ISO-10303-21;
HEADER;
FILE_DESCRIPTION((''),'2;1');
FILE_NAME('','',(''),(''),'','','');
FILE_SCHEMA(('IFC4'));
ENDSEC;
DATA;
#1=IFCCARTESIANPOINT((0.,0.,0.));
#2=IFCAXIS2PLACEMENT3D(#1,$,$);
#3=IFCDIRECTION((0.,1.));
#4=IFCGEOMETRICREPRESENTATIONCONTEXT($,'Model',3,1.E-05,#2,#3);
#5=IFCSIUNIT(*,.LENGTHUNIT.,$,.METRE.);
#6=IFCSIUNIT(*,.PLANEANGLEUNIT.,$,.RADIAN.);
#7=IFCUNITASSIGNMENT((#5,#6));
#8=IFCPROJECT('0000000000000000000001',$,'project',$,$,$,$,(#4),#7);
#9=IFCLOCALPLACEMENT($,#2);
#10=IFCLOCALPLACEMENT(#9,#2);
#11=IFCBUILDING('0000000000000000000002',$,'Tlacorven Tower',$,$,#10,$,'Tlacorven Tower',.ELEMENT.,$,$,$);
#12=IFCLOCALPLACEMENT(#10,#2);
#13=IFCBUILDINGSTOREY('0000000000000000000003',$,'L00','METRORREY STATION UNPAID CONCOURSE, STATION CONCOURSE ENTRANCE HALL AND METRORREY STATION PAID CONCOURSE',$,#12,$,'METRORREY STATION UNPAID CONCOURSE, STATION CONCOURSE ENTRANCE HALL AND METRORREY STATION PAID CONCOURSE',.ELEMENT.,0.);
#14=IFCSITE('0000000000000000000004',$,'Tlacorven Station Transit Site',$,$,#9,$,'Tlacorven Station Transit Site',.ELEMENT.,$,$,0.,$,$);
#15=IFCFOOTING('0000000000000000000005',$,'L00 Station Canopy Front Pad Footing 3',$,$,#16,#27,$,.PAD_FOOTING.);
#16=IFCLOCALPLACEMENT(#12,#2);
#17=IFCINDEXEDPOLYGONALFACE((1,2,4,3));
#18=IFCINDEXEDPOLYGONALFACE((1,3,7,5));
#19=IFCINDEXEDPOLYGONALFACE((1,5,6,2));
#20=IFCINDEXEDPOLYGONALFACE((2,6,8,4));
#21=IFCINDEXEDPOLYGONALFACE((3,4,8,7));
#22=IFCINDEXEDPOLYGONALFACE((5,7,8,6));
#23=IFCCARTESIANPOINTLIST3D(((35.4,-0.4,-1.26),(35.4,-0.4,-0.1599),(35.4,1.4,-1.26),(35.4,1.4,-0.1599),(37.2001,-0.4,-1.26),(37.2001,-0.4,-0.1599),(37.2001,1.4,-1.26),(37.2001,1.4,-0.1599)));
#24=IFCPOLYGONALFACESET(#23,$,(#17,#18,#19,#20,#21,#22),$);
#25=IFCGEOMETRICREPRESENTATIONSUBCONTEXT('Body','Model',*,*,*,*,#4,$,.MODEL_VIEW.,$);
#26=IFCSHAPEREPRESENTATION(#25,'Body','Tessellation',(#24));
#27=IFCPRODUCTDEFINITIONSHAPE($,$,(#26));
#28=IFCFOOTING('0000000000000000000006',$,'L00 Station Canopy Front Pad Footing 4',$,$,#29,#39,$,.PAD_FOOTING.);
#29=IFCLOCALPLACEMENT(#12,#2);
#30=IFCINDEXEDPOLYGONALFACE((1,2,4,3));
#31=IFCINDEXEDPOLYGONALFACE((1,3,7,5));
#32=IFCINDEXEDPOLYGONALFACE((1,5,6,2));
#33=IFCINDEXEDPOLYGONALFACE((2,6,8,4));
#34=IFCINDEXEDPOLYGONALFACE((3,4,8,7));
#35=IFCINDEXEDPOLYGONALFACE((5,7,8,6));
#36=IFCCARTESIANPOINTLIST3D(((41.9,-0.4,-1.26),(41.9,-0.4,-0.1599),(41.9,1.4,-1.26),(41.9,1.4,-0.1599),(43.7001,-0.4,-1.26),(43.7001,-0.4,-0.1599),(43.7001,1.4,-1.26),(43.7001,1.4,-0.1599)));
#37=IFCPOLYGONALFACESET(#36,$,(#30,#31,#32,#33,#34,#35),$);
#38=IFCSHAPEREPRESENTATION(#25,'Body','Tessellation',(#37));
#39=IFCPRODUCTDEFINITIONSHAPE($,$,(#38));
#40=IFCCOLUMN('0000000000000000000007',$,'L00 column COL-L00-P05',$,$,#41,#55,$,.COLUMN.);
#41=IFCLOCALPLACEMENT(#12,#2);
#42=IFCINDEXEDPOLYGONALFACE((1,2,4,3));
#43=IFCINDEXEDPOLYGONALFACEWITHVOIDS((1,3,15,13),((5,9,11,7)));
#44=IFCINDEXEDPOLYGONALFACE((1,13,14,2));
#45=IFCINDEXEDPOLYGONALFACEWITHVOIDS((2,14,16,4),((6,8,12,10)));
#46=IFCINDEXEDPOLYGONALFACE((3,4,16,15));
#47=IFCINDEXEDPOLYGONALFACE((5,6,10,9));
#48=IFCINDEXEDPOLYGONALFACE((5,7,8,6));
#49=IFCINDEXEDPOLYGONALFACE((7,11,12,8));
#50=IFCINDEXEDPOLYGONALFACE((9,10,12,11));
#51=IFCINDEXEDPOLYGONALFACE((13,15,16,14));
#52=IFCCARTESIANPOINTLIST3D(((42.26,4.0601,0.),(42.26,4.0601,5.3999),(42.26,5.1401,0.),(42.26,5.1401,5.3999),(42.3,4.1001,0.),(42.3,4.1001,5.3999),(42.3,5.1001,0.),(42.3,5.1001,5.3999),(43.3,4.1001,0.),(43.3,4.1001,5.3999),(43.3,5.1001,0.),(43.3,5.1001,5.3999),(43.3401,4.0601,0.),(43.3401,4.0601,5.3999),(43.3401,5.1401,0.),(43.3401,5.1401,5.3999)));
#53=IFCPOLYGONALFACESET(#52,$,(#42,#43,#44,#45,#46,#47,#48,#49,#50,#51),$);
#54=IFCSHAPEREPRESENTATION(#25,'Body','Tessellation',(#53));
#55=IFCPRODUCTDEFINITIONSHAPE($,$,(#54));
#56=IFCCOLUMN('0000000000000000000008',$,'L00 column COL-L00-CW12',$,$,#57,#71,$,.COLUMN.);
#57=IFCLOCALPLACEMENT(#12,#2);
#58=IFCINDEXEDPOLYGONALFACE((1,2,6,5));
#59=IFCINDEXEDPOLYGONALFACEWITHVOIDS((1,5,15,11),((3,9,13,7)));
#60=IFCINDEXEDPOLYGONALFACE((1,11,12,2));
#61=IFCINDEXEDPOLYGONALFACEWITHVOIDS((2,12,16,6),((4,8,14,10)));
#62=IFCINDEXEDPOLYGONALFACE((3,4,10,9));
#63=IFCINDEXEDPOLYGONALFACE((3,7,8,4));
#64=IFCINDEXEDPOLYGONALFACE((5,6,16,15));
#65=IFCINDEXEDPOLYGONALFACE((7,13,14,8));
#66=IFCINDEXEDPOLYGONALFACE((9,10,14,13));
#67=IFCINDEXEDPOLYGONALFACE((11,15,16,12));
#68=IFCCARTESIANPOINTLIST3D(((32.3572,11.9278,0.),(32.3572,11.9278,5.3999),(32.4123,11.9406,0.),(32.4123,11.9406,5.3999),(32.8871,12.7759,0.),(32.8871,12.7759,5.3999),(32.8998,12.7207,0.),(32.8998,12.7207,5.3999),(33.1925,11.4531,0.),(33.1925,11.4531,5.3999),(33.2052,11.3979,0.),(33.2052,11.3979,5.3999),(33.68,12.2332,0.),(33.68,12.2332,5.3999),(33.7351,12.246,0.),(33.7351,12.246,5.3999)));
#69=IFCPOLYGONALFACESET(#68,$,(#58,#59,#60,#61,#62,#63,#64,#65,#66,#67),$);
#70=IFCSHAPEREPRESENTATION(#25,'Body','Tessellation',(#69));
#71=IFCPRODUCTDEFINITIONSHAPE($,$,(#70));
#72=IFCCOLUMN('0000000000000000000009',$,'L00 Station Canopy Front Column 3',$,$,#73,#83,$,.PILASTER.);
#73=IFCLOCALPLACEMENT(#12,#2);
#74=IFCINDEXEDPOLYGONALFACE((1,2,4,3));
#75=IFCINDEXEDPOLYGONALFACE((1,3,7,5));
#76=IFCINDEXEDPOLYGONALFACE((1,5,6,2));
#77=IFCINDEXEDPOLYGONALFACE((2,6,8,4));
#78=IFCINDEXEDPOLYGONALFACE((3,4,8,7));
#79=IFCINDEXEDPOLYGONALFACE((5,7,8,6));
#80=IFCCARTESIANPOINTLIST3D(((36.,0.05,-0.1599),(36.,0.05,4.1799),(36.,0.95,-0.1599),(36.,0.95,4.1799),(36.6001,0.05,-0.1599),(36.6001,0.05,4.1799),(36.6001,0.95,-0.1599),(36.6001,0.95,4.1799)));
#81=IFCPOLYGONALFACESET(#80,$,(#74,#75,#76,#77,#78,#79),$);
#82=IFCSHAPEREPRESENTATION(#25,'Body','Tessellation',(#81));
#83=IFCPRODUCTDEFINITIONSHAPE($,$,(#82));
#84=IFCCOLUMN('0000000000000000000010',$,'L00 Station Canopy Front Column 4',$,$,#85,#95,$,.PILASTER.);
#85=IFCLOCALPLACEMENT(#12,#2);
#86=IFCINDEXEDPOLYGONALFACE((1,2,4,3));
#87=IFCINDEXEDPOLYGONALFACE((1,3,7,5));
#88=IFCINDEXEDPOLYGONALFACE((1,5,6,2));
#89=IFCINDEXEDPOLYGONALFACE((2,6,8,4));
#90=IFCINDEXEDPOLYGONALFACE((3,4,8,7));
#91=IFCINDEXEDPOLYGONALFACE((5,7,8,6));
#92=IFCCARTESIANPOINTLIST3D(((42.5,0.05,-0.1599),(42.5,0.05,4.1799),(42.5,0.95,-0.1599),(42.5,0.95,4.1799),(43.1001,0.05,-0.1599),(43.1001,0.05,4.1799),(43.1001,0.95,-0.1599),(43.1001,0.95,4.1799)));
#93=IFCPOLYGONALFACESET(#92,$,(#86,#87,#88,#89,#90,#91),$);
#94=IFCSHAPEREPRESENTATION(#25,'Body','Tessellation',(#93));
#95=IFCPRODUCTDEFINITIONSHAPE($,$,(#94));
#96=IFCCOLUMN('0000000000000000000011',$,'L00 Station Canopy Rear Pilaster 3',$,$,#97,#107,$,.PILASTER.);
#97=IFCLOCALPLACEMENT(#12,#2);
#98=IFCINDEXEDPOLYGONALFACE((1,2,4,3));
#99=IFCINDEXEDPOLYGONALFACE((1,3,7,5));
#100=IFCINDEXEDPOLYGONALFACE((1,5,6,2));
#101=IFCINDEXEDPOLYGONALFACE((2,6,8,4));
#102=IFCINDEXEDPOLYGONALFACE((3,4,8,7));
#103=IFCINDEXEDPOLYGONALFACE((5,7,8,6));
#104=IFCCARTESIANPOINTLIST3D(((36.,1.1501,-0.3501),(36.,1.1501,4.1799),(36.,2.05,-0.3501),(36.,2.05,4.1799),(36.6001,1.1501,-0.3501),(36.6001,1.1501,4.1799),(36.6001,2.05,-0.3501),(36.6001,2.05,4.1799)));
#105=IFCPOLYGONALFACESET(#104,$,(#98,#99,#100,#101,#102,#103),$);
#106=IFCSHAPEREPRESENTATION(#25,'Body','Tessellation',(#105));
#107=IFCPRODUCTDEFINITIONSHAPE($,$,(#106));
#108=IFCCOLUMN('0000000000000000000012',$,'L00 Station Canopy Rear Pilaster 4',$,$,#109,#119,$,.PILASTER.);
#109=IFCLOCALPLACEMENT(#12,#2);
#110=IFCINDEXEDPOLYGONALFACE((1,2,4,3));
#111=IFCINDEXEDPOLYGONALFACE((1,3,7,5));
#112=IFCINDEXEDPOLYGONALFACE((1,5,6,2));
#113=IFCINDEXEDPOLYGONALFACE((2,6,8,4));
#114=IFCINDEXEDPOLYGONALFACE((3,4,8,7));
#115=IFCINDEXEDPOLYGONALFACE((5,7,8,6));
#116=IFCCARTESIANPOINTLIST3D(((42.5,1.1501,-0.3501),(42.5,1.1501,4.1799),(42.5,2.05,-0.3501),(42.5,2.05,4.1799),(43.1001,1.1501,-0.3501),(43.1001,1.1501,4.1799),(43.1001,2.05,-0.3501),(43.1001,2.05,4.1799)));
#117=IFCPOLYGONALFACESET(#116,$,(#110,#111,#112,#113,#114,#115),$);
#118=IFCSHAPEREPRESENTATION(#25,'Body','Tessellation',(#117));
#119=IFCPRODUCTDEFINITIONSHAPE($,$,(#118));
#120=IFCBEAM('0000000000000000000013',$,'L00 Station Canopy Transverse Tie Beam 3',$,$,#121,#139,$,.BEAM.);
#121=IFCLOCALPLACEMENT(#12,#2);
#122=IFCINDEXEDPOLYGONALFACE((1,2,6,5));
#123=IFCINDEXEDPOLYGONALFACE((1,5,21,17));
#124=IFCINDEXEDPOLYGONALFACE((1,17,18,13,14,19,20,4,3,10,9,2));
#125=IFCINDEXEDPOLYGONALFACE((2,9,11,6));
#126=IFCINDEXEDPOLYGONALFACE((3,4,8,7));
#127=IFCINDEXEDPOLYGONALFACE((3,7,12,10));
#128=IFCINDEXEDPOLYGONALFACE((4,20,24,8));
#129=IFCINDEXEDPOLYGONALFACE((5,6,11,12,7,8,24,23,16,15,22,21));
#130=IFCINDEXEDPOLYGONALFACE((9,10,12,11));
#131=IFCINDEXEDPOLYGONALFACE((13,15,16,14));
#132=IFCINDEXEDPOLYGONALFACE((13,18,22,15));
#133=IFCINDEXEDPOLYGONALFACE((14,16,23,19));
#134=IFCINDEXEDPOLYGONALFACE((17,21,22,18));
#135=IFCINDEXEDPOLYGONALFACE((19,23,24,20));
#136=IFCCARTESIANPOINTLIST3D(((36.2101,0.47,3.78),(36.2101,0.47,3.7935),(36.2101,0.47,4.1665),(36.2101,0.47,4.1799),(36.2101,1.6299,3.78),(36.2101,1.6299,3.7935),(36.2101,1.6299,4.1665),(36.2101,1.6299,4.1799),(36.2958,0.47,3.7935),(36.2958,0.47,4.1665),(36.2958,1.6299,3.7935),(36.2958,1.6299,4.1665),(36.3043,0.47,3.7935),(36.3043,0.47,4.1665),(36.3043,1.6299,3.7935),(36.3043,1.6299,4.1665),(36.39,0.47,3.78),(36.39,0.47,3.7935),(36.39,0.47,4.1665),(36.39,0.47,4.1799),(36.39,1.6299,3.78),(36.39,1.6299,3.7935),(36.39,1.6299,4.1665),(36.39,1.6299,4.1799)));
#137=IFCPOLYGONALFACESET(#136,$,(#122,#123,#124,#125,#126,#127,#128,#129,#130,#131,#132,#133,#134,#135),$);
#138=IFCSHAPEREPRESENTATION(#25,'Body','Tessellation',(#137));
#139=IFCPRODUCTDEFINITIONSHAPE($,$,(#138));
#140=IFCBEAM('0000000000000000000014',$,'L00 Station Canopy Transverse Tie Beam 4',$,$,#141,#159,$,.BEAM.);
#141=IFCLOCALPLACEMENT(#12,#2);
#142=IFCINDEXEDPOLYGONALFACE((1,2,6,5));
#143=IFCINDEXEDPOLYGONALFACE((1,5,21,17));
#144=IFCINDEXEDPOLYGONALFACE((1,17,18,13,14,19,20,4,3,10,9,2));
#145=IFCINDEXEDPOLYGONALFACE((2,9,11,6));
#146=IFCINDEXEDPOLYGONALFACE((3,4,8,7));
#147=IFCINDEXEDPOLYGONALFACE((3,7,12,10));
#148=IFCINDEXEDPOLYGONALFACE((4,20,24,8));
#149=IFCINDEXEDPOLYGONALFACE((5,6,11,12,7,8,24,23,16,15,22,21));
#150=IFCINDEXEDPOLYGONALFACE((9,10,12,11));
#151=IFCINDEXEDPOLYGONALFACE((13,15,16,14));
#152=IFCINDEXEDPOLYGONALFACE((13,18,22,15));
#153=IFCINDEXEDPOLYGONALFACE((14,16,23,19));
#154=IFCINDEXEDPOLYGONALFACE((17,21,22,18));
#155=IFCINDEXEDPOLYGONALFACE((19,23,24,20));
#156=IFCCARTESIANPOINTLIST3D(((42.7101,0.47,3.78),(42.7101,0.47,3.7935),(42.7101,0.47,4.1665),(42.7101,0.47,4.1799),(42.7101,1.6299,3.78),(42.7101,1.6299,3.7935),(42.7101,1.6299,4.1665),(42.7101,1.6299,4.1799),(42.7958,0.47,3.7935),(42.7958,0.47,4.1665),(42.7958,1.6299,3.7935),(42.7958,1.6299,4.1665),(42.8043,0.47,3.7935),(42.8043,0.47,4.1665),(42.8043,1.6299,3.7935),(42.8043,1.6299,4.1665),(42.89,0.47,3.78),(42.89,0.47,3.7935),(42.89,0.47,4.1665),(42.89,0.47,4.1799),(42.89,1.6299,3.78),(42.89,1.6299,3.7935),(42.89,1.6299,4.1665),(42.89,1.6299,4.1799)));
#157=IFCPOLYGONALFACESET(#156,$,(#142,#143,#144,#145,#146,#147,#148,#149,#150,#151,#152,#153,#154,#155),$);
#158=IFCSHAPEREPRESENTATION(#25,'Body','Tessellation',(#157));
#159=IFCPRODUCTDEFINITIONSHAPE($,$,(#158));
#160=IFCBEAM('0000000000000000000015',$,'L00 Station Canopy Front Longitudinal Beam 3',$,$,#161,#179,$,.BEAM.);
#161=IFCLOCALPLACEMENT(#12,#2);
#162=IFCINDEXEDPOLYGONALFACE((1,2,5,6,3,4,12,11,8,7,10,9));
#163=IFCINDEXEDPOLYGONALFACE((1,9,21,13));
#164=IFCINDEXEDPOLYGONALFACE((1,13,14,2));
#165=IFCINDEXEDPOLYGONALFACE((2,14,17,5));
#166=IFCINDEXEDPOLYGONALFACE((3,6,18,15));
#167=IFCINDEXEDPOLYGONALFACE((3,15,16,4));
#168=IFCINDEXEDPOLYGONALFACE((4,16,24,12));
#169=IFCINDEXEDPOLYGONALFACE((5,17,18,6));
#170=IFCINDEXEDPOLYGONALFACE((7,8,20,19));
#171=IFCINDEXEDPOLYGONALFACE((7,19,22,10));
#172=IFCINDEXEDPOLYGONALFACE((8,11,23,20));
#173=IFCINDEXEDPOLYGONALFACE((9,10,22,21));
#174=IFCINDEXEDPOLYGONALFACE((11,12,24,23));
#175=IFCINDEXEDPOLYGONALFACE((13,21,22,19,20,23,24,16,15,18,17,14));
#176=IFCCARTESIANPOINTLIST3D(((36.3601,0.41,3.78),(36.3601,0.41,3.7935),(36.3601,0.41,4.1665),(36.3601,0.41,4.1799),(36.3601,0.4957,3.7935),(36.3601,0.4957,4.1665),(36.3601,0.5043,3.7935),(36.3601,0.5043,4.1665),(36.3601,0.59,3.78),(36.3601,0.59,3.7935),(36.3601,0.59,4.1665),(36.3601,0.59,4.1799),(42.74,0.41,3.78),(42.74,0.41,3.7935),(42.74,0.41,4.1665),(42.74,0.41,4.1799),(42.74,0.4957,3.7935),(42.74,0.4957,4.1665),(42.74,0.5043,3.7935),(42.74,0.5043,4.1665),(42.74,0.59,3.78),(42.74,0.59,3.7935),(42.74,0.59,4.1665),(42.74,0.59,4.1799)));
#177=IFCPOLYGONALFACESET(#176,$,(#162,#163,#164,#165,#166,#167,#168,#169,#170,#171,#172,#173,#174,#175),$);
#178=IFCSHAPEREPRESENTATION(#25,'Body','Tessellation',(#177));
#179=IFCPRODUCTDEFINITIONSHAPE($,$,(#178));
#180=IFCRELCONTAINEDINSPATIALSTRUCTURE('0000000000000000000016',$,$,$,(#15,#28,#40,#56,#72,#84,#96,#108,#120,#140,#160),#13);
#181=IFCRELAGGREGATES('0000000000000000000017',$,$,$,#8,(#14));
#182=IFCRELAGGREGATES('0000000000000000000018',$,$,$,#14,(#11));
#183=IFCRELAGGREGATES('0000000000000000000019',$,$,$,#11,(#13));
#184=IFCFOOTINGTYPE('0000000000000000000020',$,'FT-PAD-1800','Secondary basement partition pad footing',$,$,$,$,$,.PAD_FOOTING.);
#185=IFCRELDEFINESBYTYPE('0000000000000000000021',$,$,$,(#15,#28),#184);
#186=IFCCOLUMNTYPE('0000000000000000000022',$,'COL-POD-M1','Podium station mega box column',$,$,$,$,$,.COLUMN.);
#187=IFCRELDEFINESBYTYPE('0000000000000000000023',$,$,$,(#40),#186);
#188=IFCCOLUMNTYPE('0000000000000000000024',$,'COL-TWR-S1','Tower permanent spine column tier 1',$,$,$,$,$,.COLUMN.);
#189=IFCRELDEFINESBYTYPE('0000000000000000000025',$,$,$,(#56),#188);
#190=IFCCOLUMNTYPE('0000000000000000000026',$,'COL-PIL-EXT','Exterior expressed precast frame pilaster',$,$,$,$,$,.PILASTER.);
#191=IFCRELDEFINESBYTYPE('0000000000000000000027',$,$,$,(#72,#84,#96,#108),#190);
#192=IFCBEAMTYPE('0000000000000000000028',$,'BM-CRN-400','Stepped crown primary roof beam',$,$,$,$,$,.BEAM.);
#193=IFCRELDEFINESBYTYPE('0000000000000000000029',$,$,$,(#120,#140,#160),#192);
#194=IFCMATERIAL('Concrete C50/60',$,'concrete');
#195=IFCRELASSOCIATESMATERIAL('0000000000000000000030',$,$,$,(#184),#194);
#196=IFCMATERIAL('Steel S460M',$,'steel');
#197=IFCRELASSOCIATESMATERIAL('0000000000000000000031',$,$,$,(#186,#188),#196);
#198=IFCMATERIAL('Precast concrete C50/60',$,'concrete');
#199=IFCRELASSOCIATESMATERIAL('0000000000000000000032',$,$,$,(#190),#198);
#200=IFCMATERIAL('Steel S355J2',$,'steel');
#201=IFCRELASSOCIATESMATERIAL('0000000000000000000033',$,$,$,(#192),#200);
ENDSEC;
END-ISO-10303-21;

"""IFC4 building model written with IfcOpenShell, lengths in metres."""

from ifc_helpers import new_model, si_unit, direction, frame, origin, origin_2d, place, context, subcontext, project, spatial, rectangle, hollow_rectangle, i_section, extrude, source, transform, mapped, material, material_profile, profile_set, type_object, element, save


model = new_model("IFC4")

# Units and contexts
model_context = context("Model", 3, precision=1e-05, world=origin(), true_north=direction((0.0, 1.0)))
body_context = subcontext(model_context, "Body", "Model", "MODEL_VIEW")
ifc_project = project(units=[si_unit("LENGTHUNIT", "METRE"), si_unit("PLANEANGLEUNIT", "RADIAN")], contexts=[model_context])

# Site, building, storey
site_placement = place(None, origin())
site = spatial("IfcSite", under=ifc_project, at=site_placement, Name="Tlacorven Station Transit Site", LongName="Tlacorven Station Transit Site", CompositionType="ELEMENT", RefElevation=0.0)
building_placement = place(site_placement, origin())
building = spatial("IfcBuilding", under=site, at=building_placement, Name="Tlacorven Tower", LongName="Tlacorven Tower", CompositionType="ELEMENT")
storey_placement = place(building_placement, origin())
storey = spatial("IfcBuildingStorey", under=building, at=storey_placement, Name="L00", Description="METRORREY STATION UNPAID CONCOURSE, STATION CONCOURSE ENTRANCE HALL AND METRORREY STATION PAID CONCOURSE", LongName="METRORREY STATION UNPAID CONCOURSE, STATION CONCOURSE ENTRANCE HALL AND METRORREY STATION PAID CONCOURSE", CompositionType="ELEMENT", Elevation=0.0)

# Footings
ifc_material_1 = material(Name="Concrete C50/60", Category="concrete")
footing_type = type_object("IfcFootingType", Name="FT-PAD-1800", Description="Secondary basement partition pad footing", PredefinedType="PAD_FOOTING", material=ifc_material_1)
shared_shape_1 = source(origin(), body_context, "Body", "SweptSolid", [
    extrude(rectangle(XDim=1.8, YDim=1.8, at=origin_2d()), origin(), (0.0, 0.0, 1.0), 1.1001),
])
for number, where, z_axis, x_axis, name in (
    (1, (36.3, 0.5, -1.26), (0.0, 0.0, 1.0), (1.0, 0.0, 0.0), "L00 Station Canopy Front Pad Footing 3"),
    (2, (42.8, 0.5, -1.26), (0.0, 0.0, 1.0), (1.0, 0.0, 0.0), "L00 Station Canopy Front Pad Footing 4"),
):
    element("IfcFooting", number, at=place(storey_placement, frame(where, z_axis=z_axis, x_axis=x_axis)), inside=storey, type_object=footing_type, Name=name, PredefinedType="PAD_FOOTING", context=body_context, shape_type="MappedRepresentation", body=[
        mapped(shared_shape_1, transform((0.0, 0.0, 0.0), scale=1.0)),
    ])

# Columns
ifc_material_2 = material(Name="Steel S460M", Category="steel")
ifc_material_profile_1 = material_profile(ifc_material_2, hollow_rectangle(XDim=1.0801, YDim=1.0801, WallThickness=0.04, at=origin_2d()), Name="BOX 1080X1080X40")
ifc_profile_set_1 = profile_set([ifc_material_profile_1], Name="Steel S460M")
column_type_1 = type_object("IfcColumnType", Name="COL-POD-M1", Description="Podium station mega box column", PredefinedType="COLUMN", material=ifc_profile_set_1)
shared_shape_2 = source(origin(), body_context, "Body", "SweptSolid", [
    extrude(hollow_rectangle(XDim=1.0801, YDim=1.0801, WallThickness=0.04, at=origin_2d()), origin(), (0.0, 0.0, 1.0), 5.3999),
])
column_1_placement = place(storey_placement, frame((42.8, 4.6001, 0.0), z_axis=(0.0, 0.0, 1.0), x_axis=(1.0, 0.0, 0.0)))
element("IfcColumn", 3, at=column_1_placement, inside=storey, type_object=column_type_1, Name="L00 column COL-L00-P05", PredefinedType="COLUMN", context=body_context, shape_type="MappedRepresentation", body=[
    mapped(shared_shape_2, transform((0.0, 0.0, 0.0), scale=1.0)),
])
ifc_material_profile_2 = material_profile(ifc_material_2, hollow_rectangle(XDim=1.0, YDim=1.0, WallThickness=0.04, at=origin_2d()), Name="BOX 1000X1000X40")
ifc_profile_set_2 = profile_set([ifc_material_profile_2], Name="Steel S460M")
column_type_2 = type_object("IfcColumnType", Name="COL-TWR-S1", Description="Tower permanent spine column tier 1", PredefinedType="COLUMN", material=ifc_profile_set_2)
shared_shape_3 = source(origin(), body_context, "Body", "SweptSolid", [
    extrude(hollow_rectangle(XDim=1.0, YDim=1.0, WallThickness=0.04, at=origin_2d()), origin(), (0.0, 0.0, 1.0), 5.3999),
])
column_2_placement = place(storey_placement, frame((33.0461, 12.0869, 0.0), z_axis=(0.0, 0.0, 1.0), x_axis=(-0.848048, 0.529919, 0.0)))
element("IfcColumn", 4, at=column_2_placement, inside=storey, type_object=column_type_2, Name="L00 column COL-L00-CW12", PredefinedType="COLUMN", context=body_context, shape_type="MappedRepresentation", body=[
    mapped(shared_shape_3, transform((0.0, 0.0, 0.0), scale=1.0)),
])
ifc_material_3 = material(Name="Precast concrete C50/60", Category="concrete")
ifc_material_profile_3 = material_profile(ifc_material_3, rectangle(XDim=0.6001, YDim=0.8999, at=origin_2d()), Name="RC 600X900")
ifc_profile_set_3 = profile_set([ifc_material_profile_3], Name="Precast concrete C50/60")
column_type_3 = type_object("IfcColumnType", Name="COL-PIL-EXT", Description="Exterior expressed precast frame pilaster", PredefinedType="PILASTER", material=ifc_profile_set_3)
shared_shape_4 = source(origin(), body_context, "Body", "SweptSolid", [
    extrude(rectangle(XDim=0.6001, YDim=0.8999, at=origin_2d()), origin(), (0.0, 0.0, 1.0), 4.3398),
])
for number, where, z_axis, x_axis, name in (
    (5, (36.3, 0.5, -0.1599), (0.0, 0.0, 1.0), (1.0, 0.0, 0.0), "L00 Station Canopy Front Column 3"),
    (6, (42.8, 0.5, -0.1599), (0.0, 0.0, 1.0), (1.0, 0.0, 0.0), "L00 Station Canopy Front Column 4"),
):
    element("IfcColumn", number, at=place(storey_placement, frame(where, z_axis=z_axis, x_axis=x_axis)), inside=storey, type_object=column_type_3, Name=name, PredefinedType="PILASTER", context=body_context, shape_type="MappedRepresentation", body=[
        mapped(shared_shape_4, transform((0.0, 0.0, 0.0), scale=1.0)),
    ])
shared_shape_5 = source(origin(), body_context, "Body", "SweptSolid", [
    extrude(rectangle(XDim=0.6001, YDim=0.8999, at=origin_2d()), origin(), (0.0, 0.0, 1.0), 4.53),
])
for number, where, z_axis, x_axis, name in (
    (7, (36.3, 1.6001, -0.3501), (0.0, 0.0, 1.0), (1.0, 0.0, 0.0), "L00 Station Canopy Rear Pilaster 3"),
    (8, (42.8, 1.6001, -0.3501), (0.0, 0.0, 1.0), (1.0, 0.0, 0.0), "L00 Station Canopy Rear Pilaster 4"),
):
    element("IfcColumn", number, at=place(storey_placement, frame(where, z_axis=z_axis, x_axis=x_axis)), inside=storey, type_object=column_type_3, Name=name, PredefinedType="PILASTER", context=body_context, shape_type="MappedRepresentation", body=[
        mapped(shared_shape_5, transform((0.0, 0.0, 0.0), scale=1.0)),
    ])

# Beams
ifc_material_4 = material(Name="Steel S355J2", Category="steel")
ifc_material_profile_4 = material_profile(ifc_material_4, i_section(OverallWidth=0.1799, OverallDepth=0.3999, WebThickness=0.0085, FlangeThickness=0.0134, at=origin_2d()), Name="IPE 400")
ifc_profile_set_4 = profile_set([ifc_material_profile_4], Name="Steel S355J2")
beam_type = type_object("IfcBeamType", Name="BM-CRN-400", Description="Stepped crown primary roof beam", PredefinedType="BEAM", material=ifc_profile_set_4)
shared_shape_6 = source(origin(), body_context, "Body", "SweptSolid", [
    extrude(i_section(OverallWidth=0.1799, OverallDepth=0.3999, WebThickness=0.0085, FlangeThickness=0.0134, at=origin_2d()), origin(), (0.0, 0.0, 1.0), 1.1599),
])
for number, where, z_axis, x_axis, name in (
    (9, (36.3, 0.47, 3.98), (0.0, 1.0, 0.0), (-1.0, 0.0, 0.0), "L00 Station Canopy Transverse Tie Beam 3"),
    (10, (42.8, 0.47, 3.98), (0.0, 1.0, 0.0), (-1.0, 0.0, 0.0), "L00 Station Canopy Transverse Tie Beam 4"),
):
    element("IfcBeam", number, at=place(storey_placement, frame(where, z_axis=z_axis, x_axis=x_axis)), inside=storey, type_object=beam_type, Name=name, PredefinedType="BEAM", context=body_context, shape_type="MappedRepresentation", body=[
        mapped(shared_shape_6, transform((0.0, 0.0, 0.0), scale=1.0)),
    ])
shared_shape_7 = source(origin(), body_context, "Body", "SweptSolid", [
    extrude(i_section(OverallWidth=0.1799, OverallDepth=0.3999, WebThickness=0.0085, FlangeThickness=0.0134, at=origin_2d()), origin(), (0.0, 0.0, 1.0), 6.3799),
])
for number, where, z_axis, x_axis, name in (
    (11, (36.3601, 0.5, 3.98), (1.0, 0.0, 0.0), (0.0, 1.0, 0.0), "L00 Station Canopy Front Longitudinal Beam 3"),
):
    element("IfcBeam", number, at=place(storey_placement, frame(where, z_axis=z_axis, x_axis=x_axis)), inside=storey, type_object=beam_type, Name=name, PredefinedType="BEAM", context=body_context, shape_type="MappedRepresentation", body=[
        mapped(shared_shape_7, transform((0.0, 0.0, 0.0), scale=1.0)),
    ])

save(model, "model.ifc")
